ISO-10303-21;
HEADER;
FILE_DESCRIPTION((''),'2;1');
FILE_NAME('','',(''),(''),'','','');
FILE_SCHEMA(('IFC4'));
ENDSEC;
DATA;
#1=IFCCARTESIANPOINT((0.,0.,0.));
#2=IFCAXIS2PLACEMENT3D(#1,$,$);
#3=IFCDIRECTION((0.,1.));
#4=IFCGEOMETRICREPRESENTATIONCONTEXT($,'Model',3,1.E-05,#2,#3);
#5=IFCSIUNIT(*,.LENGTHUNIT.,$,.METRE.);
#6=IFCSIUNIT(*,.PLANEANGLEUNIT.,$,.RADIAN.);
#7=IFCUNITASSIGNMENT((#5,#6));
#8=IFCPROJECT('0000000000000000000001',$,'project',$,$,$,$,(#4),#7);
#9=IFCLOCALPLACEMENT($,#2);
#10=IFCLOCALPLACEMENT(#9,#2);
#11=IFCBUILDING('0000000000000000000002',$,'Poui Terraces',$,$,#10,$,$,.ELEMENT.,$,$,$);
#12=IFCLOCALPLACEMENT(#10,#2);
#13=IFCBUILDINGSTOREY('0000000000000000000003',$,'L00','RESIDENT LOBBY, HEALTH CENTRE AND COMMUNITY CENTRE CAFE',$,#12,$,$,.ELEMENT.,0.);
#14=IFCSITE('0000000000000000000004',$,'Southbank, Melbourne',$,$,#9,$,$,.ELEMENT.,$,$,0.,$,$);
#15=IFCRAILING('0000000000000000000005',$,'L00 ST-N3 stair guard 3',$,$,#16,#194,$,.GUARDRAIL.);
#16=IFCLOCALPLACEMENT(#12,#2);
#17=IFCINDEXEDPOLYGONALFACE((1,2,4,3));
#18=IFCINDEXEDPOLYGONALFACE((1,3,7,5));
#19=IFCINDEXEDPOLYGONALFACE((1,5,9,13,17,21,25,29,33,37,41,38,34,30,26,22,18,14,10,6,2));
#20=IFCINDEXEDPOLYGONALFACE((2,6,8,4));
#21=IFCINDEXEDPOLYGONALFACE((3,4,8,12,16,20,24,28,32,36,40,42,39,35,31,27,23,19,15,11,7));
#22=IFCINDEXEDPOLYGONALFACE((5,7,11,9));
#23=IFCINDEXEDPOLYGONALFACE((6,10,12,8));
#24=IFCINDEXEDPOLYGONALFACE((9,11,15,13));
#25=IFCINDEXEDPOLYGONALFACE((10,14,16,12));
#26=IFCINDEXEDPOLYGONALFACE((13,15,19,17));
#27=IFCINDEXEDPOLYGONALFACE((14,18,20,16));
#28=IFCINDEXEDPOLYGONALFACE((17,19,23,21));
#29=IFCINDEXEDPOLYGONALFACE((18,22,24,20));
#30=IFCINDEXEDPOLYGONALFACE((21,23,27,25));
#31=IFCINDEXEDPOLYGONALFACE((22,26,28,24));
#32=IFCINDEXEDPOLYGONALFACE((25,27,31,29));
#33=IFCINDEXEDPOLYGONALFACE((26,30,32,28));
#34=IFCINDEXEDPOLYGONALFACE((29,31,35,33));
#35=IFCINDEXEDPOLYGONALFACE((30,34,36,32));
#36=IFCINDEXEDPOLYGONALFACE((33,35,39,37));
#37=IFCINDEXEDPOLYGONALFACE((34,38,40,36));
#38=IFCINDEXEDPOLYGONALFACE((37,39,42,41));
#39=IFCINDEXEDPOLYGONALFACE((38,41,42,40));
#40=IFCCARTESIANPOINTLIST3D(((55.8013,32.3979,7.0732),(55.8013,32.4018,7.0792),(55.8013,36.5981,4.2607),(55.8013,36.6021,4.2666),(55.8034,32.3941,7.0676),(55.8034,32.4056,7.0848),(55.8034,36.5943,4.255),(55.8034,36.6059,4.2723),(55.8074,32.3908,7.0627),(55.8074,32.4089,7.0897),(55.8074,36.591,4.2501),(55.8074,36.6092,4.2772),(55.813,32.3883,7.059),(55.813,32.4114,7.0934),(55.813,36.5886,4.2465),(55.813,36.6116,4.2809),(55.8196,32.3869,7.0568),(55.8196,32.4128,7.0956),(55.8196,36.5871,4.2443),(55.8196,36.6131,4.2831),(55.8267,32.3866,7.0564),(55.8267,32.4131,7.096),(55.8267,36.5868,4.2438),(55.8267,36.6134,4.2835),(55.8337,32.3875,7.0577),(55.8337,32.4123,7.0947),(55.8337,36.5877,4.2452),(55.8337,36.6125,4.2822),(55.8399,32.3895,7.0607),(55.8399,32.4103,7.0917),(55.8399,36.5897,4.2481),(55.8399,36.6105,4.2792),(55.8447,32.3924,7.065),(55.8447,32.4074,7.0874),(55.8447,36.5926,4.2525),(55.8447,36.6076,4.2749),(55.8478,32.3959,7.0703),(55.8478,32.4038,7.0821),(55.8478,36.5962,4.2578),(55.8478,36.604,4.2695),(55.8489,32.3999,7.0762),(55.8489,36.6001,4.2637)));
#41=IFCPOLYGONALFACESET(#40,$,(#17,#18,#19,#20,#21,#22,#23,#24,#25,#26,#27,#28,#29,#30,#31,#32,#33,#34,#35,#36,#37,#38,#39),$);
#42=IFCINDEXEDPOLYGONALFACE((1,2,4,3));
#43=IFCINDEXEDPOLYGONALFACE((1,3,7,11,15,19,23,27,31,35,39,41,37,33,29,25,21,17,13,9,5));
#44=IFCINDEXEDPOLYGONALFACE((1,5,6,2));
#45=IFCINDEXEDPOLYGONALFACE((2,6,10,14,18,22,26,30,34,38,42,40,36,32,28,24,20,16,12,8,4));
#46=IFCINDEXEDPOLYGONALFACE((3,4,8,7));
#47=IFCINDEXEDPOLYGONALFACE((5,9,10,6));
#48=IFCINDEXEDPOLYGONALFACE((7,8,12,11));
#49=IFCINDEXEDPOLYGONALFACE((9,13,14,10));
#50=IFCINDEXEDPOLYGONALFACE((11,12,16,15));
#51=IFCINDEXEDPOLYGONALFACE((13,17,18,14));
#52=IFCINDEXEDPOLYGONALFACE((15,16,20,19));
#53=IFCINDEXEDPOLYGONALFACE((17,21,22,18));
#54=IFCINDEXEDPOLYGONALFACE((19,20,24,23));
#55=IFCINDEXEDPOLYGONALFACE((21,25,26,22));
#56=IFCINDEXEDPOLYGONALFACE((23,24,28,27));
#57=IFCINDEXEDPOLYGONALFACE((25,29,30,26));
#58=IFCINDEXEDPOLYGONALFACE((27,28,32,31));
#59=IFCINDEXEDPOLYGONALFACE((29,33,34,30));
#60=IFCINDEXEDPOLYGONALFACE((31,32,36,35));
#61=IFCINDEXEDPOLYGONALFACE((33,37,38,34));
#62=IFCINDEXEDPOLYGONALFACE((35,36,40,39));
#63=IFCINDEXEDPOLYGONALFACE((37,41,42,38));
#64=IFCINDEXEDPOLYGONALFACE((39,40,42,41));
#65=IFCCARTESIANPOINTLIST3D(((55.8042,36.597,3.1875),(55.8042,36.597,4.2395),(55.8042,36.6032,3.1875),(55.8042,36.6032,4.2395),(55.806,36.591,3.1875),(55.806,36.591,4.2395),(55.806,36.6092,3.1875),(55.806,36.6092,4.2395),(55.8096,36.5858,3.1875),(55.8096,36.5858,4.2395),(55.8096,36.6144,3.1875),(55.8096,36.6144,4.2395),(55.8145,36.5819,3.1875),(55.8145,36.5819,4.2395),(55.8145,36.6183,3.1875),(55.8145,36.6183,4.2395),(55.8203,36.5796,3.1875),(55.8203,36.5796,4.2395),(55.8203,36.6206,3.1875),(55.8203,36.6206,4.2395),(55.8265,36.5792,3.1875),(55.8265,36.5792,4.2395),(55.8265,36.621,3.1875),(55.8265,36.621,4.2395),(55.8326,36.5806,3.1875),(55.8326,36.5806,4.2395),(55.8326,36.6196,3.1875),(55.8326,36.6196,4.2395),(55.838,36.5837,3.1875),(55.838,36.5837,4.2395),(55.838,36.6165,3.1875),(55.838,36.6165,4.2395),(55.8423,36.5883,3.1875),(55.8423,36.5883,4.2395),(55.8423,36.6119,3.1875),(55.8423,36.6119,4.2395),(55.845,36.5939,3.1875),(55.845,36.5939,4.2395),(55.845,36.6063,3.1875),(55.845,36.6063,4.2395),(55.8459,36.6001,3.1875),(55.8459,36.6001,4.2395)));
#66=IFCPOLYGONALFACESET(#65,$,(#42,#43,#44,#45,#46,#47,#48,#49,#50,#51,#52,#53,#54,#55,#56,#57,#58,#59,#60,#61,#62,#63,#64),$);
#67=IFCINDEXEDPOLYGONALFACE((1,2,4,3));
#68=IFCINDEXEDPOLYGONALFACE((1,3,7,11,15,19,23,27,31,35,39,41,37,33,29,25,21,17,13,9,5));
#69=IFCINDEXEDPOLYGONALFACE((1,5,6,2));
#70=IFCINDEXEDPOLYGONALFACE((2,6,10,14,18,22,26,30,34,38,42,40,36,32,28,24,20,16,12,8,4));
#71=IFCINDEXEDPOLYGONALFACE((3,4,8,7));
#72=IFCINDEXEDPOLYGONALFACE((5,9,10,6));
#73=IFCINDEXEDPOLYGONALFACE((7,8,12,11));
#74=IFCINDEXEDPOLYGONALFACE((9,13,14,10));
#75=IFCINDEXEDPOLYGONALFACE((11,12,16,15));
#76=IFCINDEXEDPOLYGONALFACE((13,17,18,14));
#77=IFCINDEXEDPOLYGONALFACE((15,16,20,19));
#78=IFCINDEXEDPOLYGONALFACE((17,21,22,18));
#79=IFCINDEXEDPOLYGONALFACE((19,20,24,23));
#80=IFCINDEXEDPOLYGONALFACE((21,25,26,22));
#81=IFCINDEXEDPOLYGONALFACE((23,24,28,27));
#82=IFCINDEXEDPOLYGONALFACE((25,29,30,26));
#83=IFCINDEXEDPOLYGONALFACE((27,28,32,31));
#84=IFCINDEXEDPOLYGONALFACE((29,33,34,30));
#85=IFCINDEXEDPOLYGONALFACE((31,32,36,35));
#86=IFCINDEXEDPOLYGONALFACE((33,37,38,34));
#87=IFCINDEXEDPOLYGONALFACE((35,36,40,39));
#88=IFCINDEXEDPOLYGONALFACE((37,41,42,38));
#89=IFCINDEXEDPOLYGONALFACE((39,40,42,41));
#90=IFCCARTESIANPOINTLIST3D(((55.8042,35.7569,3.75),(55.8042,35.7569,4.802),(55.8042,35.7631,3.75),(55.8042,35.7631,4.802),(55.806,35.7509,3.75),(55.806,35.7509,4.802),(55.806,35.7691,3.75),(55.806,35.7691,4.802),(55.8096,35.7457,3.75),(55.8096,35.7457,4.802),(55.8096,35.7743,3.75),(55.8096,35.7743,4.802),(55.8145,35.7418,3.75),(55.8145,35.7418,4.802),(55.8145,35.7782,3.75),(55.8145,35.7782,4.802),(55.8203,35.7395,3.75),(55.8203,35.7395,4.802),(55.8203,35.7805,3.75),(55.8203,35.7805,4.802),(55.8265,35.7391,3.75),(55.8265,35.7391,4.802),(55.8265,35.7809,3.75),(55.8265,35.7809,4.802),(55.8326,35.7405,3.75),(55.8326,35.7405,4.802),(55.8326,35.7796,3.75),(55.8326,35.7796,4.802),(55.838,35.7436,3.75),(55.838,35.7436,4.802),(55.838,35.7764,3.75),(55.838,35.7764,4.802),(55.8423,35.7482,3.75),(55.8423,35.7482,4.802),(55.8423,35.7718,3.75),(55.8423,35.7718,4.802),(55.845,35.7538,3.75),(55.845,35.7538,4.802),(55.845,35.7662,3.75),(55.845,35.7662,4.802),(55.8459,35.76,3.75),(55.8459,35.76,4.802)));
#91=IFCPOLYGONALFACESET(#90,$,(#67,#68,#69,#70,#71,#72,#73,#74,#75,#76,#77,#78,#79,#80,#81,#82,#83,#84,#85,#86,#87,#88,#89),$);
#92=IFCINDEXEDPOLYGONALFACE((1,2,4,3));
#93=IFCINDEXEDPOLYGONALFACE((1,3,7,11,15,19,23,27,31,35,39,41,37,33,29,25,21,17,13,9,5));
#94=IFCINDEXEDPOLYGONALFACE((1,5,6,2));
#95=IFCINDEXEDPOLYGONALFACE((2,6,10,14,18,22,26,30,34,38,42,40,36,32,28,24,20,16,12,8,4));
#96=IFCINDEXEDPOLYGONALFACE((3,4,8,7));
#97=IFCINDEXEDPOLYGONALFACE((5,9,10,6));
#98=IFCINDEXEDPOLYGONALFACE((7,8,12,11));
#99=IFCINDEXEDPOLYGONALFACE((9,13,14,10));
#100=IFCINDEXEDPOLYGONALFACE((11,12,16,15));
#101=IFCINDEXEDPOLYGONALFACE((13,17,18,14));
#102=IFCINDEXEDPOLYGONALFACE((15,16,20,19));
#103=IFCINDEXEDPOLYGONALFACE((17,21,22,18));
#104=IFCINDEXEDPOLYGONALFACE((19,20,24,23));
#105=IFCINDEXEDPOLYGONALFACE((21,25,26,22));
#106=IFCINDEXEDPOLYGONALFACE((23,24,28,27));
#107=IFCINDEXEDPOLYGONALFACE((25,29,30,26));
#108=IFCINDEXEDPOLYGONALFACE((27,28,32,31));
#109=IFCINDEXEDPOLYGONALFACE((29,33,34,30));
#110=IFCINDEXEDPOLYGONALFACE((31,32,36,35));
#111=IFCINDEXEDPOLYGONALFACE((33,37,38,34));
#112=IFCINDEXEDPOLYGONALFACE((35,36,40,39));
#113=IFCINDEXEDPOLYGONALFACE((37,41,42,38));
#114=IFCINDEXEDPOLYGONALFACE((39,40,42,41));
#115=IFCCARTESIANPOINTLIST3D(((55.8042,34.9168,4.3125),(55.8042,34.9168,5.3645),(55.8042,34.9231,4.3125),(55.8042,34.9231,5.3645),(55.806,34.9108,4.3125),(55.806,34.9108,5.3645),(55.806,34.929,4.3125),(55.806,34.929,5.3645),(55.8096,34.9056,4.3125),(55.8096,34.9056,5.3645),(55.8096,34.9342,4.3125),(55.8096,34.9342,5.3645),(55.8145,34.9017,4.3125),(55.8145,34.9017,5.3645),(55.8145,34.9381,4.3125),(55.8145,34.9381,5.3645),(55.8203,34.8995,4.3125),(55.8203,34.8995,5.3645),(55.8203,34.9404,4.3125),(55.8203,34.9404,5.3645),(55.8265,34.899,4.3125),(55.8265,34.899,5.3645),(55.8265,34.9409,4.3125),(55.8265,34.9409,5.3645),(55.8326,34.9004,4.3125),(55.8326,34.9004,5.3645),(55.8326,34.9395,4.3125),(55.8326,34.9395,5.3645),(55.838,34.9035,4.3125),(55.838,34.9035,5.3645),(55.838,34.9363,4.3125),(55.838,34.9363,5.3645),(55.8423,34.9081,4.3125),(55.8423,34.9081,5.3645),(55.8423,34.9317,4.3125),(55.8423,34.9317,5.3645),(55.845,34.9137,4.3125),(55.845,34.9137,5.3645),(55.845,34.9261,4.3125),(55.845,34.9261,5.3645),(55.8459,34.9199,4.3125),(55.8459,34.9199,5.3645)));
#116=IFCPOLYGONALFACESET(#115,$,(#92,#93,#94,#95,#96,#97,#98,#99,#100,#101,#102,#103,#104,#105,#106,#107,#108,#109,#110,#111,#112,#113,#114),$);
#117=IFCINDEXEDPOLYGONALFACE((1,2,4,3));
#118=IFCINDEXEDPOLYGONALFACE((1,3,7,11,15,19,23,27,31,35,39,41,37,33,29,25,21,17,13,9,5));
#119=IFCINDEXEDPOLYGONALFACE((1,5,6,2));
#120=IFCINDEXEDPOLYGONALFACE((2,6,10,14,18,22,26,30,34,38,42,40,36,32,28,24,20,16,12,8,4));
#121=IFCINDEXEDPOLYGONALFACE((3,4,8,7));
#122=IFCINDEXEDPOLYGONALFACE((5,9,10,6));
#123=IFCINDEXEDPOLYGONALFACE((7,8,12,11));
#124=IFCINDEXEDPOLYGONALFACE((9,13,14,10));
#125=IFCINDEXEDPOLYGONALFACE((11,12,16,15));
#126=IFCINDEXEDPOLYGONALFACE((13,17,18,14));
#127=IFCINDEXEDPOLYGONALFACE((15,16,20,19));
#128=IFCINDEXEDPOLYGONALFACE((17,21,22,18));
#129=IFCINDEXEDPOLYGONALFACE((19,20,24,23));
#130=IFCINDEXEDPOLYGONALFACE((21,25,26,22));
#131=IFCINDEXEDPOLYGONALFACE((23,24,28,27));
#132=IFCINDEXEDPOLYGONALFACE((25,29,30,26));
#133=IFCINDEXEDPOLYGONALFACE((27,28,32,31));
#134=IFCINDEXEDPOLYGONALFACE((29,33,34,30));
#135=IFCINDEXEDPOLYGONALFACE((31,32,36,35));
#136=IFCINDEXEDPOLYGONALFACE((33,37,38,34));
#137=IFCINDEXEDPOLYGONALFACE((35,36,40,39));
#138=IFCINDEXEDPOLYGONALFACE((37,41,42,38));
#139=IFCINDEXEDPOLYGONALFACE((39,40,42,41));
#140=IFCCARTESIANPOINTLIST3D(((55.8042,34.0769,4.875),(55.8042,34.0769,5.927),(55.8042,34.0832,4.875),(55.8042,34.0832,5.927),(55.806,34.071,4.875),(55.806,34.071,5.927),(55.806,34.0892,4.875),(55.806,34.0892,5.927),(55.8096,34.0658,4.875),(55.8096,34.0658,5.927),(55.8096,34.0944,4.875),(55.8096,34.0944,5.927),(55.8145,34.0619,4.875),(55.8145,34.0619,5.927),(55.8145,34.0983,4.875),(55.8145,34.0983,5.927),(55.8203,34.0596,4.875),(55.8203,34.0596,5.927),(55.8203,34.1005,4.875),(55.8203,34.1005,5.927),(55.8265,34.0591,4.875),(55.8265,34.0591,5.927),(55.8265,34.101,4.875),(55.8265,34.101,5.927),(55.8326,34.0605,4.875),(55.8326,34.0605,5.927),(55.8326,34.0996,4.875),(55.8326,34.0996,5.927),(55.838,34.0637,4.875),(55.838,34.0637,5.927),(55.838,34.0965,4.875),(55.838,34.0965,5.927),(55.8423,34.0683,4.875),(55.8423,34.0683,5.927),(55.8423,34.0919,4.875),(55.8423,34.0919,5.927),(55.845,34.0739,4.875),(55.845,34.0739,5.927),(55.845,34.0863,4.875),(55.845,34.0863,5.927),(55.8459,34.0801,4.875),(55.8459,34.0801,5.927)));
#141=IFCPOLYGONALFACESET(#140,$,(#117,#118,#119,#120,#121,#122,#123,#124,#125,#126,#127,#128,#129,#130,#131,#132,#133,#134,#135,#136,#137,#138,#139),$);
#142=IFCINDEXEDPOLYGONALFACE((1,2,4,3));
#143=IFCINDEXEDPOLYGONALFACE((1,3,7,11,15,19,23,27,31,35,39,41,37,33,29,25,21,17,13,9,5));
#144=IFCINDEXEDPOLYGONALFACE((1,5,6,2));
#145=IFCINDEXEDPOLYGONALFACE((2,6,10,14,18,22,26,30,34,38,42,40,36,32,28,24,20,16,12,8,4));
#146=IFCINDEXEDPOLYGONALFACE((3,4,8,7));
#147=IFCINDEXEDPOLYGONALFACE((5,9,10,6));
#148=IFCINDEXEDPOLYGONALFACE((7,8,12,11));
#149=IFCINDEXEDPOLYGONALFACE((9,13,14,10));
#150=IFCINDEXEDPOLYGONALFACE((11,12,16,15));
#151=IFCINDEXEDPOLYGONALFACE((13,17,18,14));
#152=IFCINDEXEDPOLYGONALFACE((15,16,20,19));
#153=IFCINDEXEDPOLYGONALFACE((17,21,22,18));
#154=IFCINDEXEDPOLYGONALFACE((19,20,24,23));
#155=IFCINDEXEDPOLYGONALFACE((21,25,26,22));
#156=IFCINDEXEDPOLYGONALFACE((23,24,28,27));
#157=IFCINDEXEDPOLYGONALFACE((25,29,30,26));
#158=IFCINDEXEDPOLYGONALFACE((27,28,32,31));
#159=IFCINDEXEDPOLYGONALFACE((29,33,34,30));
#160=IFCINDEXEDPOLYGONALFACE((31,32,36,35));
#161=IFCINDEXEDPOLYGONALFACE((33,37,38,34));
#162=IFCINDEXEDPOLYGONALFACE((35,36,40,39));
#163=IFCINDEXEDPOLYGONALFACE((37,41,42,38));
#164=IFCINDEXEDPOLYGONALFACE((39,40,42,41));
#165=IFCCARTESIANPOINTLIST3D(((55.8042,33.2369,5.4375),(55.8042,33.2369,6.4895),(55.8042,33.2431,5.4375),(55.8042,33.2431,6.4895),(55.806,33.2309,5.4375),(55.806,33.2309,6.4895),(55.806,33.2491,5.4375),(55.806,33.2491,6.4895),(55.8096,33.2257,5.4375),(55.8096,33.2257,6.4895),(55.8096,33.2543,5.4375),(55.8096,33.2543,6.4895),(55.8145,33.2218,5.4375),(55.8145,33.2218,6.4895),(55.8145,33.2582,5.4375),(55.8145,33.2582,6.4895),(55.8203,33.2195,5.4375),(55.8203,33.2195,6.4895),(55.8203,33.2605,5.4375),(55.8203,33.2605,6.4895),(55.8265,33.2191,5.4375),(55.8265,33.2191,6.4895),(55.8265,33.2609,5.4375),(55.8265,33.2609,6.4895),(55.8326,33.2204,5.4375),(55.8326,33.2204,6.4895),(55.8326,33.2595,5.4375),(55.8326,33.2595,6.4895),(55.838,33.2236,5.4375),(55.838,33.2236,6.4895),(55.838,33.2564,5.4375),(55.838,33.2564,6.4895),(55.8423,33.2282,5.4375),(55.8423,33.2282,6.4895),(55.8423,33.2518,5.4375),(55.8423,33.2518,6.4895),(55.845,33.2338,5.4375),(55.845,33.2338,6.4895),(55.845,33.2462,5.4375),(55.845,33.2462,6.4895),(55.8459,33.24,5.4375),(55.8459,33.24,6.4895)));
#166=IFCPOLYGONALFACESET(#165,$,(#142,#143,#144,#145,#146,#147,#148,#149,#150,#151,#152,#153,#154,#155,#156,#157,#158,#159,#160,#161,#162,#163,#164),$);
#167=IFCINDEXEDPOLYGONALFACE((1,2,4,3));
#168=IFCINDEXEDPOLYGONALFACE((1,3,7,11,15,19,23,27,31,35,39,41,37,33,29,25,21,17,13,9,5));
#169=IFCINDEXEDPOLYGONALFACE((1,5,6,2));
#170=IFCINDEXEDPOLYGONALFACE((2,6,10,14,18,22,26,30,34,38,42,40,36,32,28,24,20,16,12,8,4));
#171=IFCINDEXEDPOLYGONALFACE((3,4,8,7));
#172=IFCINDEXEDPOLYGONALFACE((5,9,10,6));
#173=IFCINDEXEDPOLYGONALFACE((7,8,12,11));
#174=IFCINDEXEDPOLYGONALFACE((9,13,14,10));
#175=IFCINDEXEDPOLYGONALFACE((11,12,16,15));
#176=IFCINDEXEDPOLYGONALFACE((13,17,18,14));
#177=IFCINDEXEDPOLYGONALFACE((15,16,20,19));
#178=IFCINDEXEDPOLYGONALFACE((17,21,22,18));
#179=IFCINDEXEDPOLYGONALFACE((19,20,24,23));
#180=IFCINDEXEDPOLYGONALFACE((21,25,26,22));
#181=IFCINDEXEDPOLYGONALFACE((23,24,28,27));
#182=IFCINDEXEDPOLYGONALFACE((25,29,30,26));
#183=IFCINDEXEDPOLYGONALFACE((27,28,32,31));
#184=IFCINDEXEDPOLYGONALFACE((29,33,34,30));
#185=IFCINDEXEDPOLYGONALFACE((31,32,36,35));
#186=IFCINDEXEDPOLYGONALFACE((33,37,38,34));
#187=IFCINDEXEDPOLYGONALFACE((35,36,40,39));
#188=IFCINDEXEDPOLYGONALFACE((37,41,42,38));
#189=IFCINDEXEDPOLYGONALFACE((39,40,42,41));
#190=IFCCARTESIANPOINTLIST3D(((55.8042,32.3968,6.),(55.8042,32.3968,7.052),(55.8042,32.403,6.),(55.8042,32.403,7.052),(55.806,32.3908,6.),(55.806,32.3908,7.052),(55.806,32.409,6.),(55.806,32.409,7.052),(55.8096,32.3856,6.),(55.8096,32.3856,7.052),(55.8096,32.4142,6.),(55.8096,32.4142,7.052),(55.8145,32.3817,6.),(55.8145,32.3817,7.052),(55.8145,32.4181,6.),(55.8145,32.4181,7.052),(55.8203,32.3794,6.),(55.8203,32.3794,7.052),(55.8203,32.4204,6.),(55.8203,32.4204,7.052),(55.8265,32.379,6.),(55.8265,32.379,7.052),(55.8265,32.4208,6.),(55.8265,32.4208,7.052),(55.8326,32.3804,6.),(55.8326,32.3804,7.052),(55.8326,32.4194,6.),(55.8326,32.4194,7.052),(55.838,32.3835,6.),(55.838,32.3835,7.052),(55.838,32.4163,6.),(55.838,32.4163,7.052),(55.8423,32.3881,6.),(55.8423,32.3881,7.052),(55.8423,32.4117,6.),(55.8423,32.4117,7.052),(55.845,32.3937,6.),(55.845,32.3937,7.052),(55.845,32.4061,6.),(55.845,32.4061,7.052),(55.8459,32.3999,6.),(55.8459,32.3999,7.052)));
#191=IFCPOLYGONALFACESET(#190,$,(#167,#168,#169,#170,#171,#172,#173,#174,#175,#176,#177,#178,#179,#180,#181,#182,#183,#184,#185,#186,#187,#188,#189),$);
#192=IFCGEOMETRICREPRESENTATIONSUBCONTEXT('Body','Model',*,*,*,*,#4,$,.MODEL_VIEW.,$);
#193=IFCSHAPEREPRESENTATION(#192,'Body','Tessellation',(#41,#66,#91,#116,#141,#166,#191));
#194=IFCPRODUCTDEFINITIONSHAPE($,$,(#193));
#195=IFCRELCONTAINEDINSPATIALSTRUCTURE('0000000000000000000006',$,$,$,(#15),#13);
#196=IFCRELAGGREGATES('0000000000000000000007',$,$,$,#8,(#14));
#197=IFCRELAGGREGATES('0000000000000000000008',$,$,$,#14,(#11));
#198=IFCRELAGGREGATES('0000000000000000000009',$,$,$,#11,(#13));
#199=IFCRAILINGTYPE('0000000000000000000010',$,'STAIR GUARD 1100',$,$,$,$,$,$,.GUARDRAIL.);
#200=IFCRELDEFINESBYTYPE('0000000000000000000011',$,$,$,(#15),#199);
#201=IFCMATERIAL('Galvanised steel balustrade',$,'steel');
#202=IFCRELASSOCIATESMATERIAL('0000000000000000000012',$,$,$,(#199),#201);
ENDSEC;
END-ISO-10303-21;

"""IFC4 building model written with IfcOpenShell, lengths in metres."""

from ifc_helpers import new_model, si_unit, direction, frame, origin, origin_2d, place, context, subcontext, project, spatial, circle, extrude, material, type_object, element, save


model = new_model("IFC4")

# Units and contexts
model_context = context("Model", 3, precision=1e-05, world=origin(), true_north=direction((0.0, 1.0)))
body_context = subcontext(model_context, "Body", "Model", "MODEL_VIEW")
ifc_project = project(units=[si_unit("LENGTHUNIT", "METRE"), si_unit("PLANEANGLEUNIT", "RADIAN")], contexts=[model_context])

# Site, building, storey
site_placement = place(None, origin())
site = spatial("IfcSite", under=ifc_project, at=site_placement, Name="Southbank, Melbourne", CompositionType="ELEMENT", RefElevation=0.0)
building_placement = place(site_placement, origin())
building = spatial("IfcBuilding", under=site, at=building_placement, Name="Poui Terraces", CompositionType="ELEMENT")
storey_placement = place(building_placement, origin())
storey = spatial("IfcBuildingStorey", under=building, at=storey_placement, Name="L00", Description="RESIDENT LOBBY, HEALTH CENTRE AND COMMUNITY CENTRE CAFE", CompositionType="ELEMENT", Elevation=0.0)

# Railing
ifc_material_1 = material(Name="Galvanised steel balustrade", Category="steel")
railing_type_1 = type_object("IfcRailingType", Name="STAIR GUARD 1100", PredefinedType="GUARDRAIL", material=ifc_material_1)
railing_1_placement = place(storey_placement, frame((55.825, 36.6001, 3.1875)))
element("IfcRailing", 1, at=railing_1_placement, inside=storey, type_object=railing_type_1, Name="L00 ST-N3 stair guard 3", PredefinedType="GUARDRAIL", context=body_context, shape_type="SweptSolid", body=[
    extrude(circle(Radius=0.0239, at=origin_2d()), frame((0.0, 0.0, 1.0762), z_axis=(0.0, -0.830919, 0.556393), x_axis=(1.0, 0.0, 0.0)), (0.0, 0.0, 1.0), 5.0549),
    extrude(circle(Radius=0.021, at=origin_2d()), origin(), (0.0, 0.0, 1.0), 1.052),
    extrude(circle(Radius=0.021, at=origin_2d()), frame((0.0, -0.8401, 0.5625)), (0.0, 0.0, 1.0), 1.052),
    extrude(circle(Radius=0.021, at=origin_2d()), frame((0.0, -1.6802, 1.125)), (0.0, 0.0, 1.0), 1.052),
    extrude(circle(Radius=0.021, at=origin_2d()), frame((0.0, -2.52, 1.6875)), (0.0, 0.0, 1.0), 1.052),
    extrude(circle(Radius=0.021, at=origin_2d()), frame((0.0, -3.3601, 2.25)), (0.0, 0.0, 1.0), 1.052),
    extrude(circle(Radius=0.021, at=origin_2d()), frame((0.0, -4.2002, 2.8125)), (0.0, 0.0, 1.0), 1.052),
])

save(model, "model.ifc")
